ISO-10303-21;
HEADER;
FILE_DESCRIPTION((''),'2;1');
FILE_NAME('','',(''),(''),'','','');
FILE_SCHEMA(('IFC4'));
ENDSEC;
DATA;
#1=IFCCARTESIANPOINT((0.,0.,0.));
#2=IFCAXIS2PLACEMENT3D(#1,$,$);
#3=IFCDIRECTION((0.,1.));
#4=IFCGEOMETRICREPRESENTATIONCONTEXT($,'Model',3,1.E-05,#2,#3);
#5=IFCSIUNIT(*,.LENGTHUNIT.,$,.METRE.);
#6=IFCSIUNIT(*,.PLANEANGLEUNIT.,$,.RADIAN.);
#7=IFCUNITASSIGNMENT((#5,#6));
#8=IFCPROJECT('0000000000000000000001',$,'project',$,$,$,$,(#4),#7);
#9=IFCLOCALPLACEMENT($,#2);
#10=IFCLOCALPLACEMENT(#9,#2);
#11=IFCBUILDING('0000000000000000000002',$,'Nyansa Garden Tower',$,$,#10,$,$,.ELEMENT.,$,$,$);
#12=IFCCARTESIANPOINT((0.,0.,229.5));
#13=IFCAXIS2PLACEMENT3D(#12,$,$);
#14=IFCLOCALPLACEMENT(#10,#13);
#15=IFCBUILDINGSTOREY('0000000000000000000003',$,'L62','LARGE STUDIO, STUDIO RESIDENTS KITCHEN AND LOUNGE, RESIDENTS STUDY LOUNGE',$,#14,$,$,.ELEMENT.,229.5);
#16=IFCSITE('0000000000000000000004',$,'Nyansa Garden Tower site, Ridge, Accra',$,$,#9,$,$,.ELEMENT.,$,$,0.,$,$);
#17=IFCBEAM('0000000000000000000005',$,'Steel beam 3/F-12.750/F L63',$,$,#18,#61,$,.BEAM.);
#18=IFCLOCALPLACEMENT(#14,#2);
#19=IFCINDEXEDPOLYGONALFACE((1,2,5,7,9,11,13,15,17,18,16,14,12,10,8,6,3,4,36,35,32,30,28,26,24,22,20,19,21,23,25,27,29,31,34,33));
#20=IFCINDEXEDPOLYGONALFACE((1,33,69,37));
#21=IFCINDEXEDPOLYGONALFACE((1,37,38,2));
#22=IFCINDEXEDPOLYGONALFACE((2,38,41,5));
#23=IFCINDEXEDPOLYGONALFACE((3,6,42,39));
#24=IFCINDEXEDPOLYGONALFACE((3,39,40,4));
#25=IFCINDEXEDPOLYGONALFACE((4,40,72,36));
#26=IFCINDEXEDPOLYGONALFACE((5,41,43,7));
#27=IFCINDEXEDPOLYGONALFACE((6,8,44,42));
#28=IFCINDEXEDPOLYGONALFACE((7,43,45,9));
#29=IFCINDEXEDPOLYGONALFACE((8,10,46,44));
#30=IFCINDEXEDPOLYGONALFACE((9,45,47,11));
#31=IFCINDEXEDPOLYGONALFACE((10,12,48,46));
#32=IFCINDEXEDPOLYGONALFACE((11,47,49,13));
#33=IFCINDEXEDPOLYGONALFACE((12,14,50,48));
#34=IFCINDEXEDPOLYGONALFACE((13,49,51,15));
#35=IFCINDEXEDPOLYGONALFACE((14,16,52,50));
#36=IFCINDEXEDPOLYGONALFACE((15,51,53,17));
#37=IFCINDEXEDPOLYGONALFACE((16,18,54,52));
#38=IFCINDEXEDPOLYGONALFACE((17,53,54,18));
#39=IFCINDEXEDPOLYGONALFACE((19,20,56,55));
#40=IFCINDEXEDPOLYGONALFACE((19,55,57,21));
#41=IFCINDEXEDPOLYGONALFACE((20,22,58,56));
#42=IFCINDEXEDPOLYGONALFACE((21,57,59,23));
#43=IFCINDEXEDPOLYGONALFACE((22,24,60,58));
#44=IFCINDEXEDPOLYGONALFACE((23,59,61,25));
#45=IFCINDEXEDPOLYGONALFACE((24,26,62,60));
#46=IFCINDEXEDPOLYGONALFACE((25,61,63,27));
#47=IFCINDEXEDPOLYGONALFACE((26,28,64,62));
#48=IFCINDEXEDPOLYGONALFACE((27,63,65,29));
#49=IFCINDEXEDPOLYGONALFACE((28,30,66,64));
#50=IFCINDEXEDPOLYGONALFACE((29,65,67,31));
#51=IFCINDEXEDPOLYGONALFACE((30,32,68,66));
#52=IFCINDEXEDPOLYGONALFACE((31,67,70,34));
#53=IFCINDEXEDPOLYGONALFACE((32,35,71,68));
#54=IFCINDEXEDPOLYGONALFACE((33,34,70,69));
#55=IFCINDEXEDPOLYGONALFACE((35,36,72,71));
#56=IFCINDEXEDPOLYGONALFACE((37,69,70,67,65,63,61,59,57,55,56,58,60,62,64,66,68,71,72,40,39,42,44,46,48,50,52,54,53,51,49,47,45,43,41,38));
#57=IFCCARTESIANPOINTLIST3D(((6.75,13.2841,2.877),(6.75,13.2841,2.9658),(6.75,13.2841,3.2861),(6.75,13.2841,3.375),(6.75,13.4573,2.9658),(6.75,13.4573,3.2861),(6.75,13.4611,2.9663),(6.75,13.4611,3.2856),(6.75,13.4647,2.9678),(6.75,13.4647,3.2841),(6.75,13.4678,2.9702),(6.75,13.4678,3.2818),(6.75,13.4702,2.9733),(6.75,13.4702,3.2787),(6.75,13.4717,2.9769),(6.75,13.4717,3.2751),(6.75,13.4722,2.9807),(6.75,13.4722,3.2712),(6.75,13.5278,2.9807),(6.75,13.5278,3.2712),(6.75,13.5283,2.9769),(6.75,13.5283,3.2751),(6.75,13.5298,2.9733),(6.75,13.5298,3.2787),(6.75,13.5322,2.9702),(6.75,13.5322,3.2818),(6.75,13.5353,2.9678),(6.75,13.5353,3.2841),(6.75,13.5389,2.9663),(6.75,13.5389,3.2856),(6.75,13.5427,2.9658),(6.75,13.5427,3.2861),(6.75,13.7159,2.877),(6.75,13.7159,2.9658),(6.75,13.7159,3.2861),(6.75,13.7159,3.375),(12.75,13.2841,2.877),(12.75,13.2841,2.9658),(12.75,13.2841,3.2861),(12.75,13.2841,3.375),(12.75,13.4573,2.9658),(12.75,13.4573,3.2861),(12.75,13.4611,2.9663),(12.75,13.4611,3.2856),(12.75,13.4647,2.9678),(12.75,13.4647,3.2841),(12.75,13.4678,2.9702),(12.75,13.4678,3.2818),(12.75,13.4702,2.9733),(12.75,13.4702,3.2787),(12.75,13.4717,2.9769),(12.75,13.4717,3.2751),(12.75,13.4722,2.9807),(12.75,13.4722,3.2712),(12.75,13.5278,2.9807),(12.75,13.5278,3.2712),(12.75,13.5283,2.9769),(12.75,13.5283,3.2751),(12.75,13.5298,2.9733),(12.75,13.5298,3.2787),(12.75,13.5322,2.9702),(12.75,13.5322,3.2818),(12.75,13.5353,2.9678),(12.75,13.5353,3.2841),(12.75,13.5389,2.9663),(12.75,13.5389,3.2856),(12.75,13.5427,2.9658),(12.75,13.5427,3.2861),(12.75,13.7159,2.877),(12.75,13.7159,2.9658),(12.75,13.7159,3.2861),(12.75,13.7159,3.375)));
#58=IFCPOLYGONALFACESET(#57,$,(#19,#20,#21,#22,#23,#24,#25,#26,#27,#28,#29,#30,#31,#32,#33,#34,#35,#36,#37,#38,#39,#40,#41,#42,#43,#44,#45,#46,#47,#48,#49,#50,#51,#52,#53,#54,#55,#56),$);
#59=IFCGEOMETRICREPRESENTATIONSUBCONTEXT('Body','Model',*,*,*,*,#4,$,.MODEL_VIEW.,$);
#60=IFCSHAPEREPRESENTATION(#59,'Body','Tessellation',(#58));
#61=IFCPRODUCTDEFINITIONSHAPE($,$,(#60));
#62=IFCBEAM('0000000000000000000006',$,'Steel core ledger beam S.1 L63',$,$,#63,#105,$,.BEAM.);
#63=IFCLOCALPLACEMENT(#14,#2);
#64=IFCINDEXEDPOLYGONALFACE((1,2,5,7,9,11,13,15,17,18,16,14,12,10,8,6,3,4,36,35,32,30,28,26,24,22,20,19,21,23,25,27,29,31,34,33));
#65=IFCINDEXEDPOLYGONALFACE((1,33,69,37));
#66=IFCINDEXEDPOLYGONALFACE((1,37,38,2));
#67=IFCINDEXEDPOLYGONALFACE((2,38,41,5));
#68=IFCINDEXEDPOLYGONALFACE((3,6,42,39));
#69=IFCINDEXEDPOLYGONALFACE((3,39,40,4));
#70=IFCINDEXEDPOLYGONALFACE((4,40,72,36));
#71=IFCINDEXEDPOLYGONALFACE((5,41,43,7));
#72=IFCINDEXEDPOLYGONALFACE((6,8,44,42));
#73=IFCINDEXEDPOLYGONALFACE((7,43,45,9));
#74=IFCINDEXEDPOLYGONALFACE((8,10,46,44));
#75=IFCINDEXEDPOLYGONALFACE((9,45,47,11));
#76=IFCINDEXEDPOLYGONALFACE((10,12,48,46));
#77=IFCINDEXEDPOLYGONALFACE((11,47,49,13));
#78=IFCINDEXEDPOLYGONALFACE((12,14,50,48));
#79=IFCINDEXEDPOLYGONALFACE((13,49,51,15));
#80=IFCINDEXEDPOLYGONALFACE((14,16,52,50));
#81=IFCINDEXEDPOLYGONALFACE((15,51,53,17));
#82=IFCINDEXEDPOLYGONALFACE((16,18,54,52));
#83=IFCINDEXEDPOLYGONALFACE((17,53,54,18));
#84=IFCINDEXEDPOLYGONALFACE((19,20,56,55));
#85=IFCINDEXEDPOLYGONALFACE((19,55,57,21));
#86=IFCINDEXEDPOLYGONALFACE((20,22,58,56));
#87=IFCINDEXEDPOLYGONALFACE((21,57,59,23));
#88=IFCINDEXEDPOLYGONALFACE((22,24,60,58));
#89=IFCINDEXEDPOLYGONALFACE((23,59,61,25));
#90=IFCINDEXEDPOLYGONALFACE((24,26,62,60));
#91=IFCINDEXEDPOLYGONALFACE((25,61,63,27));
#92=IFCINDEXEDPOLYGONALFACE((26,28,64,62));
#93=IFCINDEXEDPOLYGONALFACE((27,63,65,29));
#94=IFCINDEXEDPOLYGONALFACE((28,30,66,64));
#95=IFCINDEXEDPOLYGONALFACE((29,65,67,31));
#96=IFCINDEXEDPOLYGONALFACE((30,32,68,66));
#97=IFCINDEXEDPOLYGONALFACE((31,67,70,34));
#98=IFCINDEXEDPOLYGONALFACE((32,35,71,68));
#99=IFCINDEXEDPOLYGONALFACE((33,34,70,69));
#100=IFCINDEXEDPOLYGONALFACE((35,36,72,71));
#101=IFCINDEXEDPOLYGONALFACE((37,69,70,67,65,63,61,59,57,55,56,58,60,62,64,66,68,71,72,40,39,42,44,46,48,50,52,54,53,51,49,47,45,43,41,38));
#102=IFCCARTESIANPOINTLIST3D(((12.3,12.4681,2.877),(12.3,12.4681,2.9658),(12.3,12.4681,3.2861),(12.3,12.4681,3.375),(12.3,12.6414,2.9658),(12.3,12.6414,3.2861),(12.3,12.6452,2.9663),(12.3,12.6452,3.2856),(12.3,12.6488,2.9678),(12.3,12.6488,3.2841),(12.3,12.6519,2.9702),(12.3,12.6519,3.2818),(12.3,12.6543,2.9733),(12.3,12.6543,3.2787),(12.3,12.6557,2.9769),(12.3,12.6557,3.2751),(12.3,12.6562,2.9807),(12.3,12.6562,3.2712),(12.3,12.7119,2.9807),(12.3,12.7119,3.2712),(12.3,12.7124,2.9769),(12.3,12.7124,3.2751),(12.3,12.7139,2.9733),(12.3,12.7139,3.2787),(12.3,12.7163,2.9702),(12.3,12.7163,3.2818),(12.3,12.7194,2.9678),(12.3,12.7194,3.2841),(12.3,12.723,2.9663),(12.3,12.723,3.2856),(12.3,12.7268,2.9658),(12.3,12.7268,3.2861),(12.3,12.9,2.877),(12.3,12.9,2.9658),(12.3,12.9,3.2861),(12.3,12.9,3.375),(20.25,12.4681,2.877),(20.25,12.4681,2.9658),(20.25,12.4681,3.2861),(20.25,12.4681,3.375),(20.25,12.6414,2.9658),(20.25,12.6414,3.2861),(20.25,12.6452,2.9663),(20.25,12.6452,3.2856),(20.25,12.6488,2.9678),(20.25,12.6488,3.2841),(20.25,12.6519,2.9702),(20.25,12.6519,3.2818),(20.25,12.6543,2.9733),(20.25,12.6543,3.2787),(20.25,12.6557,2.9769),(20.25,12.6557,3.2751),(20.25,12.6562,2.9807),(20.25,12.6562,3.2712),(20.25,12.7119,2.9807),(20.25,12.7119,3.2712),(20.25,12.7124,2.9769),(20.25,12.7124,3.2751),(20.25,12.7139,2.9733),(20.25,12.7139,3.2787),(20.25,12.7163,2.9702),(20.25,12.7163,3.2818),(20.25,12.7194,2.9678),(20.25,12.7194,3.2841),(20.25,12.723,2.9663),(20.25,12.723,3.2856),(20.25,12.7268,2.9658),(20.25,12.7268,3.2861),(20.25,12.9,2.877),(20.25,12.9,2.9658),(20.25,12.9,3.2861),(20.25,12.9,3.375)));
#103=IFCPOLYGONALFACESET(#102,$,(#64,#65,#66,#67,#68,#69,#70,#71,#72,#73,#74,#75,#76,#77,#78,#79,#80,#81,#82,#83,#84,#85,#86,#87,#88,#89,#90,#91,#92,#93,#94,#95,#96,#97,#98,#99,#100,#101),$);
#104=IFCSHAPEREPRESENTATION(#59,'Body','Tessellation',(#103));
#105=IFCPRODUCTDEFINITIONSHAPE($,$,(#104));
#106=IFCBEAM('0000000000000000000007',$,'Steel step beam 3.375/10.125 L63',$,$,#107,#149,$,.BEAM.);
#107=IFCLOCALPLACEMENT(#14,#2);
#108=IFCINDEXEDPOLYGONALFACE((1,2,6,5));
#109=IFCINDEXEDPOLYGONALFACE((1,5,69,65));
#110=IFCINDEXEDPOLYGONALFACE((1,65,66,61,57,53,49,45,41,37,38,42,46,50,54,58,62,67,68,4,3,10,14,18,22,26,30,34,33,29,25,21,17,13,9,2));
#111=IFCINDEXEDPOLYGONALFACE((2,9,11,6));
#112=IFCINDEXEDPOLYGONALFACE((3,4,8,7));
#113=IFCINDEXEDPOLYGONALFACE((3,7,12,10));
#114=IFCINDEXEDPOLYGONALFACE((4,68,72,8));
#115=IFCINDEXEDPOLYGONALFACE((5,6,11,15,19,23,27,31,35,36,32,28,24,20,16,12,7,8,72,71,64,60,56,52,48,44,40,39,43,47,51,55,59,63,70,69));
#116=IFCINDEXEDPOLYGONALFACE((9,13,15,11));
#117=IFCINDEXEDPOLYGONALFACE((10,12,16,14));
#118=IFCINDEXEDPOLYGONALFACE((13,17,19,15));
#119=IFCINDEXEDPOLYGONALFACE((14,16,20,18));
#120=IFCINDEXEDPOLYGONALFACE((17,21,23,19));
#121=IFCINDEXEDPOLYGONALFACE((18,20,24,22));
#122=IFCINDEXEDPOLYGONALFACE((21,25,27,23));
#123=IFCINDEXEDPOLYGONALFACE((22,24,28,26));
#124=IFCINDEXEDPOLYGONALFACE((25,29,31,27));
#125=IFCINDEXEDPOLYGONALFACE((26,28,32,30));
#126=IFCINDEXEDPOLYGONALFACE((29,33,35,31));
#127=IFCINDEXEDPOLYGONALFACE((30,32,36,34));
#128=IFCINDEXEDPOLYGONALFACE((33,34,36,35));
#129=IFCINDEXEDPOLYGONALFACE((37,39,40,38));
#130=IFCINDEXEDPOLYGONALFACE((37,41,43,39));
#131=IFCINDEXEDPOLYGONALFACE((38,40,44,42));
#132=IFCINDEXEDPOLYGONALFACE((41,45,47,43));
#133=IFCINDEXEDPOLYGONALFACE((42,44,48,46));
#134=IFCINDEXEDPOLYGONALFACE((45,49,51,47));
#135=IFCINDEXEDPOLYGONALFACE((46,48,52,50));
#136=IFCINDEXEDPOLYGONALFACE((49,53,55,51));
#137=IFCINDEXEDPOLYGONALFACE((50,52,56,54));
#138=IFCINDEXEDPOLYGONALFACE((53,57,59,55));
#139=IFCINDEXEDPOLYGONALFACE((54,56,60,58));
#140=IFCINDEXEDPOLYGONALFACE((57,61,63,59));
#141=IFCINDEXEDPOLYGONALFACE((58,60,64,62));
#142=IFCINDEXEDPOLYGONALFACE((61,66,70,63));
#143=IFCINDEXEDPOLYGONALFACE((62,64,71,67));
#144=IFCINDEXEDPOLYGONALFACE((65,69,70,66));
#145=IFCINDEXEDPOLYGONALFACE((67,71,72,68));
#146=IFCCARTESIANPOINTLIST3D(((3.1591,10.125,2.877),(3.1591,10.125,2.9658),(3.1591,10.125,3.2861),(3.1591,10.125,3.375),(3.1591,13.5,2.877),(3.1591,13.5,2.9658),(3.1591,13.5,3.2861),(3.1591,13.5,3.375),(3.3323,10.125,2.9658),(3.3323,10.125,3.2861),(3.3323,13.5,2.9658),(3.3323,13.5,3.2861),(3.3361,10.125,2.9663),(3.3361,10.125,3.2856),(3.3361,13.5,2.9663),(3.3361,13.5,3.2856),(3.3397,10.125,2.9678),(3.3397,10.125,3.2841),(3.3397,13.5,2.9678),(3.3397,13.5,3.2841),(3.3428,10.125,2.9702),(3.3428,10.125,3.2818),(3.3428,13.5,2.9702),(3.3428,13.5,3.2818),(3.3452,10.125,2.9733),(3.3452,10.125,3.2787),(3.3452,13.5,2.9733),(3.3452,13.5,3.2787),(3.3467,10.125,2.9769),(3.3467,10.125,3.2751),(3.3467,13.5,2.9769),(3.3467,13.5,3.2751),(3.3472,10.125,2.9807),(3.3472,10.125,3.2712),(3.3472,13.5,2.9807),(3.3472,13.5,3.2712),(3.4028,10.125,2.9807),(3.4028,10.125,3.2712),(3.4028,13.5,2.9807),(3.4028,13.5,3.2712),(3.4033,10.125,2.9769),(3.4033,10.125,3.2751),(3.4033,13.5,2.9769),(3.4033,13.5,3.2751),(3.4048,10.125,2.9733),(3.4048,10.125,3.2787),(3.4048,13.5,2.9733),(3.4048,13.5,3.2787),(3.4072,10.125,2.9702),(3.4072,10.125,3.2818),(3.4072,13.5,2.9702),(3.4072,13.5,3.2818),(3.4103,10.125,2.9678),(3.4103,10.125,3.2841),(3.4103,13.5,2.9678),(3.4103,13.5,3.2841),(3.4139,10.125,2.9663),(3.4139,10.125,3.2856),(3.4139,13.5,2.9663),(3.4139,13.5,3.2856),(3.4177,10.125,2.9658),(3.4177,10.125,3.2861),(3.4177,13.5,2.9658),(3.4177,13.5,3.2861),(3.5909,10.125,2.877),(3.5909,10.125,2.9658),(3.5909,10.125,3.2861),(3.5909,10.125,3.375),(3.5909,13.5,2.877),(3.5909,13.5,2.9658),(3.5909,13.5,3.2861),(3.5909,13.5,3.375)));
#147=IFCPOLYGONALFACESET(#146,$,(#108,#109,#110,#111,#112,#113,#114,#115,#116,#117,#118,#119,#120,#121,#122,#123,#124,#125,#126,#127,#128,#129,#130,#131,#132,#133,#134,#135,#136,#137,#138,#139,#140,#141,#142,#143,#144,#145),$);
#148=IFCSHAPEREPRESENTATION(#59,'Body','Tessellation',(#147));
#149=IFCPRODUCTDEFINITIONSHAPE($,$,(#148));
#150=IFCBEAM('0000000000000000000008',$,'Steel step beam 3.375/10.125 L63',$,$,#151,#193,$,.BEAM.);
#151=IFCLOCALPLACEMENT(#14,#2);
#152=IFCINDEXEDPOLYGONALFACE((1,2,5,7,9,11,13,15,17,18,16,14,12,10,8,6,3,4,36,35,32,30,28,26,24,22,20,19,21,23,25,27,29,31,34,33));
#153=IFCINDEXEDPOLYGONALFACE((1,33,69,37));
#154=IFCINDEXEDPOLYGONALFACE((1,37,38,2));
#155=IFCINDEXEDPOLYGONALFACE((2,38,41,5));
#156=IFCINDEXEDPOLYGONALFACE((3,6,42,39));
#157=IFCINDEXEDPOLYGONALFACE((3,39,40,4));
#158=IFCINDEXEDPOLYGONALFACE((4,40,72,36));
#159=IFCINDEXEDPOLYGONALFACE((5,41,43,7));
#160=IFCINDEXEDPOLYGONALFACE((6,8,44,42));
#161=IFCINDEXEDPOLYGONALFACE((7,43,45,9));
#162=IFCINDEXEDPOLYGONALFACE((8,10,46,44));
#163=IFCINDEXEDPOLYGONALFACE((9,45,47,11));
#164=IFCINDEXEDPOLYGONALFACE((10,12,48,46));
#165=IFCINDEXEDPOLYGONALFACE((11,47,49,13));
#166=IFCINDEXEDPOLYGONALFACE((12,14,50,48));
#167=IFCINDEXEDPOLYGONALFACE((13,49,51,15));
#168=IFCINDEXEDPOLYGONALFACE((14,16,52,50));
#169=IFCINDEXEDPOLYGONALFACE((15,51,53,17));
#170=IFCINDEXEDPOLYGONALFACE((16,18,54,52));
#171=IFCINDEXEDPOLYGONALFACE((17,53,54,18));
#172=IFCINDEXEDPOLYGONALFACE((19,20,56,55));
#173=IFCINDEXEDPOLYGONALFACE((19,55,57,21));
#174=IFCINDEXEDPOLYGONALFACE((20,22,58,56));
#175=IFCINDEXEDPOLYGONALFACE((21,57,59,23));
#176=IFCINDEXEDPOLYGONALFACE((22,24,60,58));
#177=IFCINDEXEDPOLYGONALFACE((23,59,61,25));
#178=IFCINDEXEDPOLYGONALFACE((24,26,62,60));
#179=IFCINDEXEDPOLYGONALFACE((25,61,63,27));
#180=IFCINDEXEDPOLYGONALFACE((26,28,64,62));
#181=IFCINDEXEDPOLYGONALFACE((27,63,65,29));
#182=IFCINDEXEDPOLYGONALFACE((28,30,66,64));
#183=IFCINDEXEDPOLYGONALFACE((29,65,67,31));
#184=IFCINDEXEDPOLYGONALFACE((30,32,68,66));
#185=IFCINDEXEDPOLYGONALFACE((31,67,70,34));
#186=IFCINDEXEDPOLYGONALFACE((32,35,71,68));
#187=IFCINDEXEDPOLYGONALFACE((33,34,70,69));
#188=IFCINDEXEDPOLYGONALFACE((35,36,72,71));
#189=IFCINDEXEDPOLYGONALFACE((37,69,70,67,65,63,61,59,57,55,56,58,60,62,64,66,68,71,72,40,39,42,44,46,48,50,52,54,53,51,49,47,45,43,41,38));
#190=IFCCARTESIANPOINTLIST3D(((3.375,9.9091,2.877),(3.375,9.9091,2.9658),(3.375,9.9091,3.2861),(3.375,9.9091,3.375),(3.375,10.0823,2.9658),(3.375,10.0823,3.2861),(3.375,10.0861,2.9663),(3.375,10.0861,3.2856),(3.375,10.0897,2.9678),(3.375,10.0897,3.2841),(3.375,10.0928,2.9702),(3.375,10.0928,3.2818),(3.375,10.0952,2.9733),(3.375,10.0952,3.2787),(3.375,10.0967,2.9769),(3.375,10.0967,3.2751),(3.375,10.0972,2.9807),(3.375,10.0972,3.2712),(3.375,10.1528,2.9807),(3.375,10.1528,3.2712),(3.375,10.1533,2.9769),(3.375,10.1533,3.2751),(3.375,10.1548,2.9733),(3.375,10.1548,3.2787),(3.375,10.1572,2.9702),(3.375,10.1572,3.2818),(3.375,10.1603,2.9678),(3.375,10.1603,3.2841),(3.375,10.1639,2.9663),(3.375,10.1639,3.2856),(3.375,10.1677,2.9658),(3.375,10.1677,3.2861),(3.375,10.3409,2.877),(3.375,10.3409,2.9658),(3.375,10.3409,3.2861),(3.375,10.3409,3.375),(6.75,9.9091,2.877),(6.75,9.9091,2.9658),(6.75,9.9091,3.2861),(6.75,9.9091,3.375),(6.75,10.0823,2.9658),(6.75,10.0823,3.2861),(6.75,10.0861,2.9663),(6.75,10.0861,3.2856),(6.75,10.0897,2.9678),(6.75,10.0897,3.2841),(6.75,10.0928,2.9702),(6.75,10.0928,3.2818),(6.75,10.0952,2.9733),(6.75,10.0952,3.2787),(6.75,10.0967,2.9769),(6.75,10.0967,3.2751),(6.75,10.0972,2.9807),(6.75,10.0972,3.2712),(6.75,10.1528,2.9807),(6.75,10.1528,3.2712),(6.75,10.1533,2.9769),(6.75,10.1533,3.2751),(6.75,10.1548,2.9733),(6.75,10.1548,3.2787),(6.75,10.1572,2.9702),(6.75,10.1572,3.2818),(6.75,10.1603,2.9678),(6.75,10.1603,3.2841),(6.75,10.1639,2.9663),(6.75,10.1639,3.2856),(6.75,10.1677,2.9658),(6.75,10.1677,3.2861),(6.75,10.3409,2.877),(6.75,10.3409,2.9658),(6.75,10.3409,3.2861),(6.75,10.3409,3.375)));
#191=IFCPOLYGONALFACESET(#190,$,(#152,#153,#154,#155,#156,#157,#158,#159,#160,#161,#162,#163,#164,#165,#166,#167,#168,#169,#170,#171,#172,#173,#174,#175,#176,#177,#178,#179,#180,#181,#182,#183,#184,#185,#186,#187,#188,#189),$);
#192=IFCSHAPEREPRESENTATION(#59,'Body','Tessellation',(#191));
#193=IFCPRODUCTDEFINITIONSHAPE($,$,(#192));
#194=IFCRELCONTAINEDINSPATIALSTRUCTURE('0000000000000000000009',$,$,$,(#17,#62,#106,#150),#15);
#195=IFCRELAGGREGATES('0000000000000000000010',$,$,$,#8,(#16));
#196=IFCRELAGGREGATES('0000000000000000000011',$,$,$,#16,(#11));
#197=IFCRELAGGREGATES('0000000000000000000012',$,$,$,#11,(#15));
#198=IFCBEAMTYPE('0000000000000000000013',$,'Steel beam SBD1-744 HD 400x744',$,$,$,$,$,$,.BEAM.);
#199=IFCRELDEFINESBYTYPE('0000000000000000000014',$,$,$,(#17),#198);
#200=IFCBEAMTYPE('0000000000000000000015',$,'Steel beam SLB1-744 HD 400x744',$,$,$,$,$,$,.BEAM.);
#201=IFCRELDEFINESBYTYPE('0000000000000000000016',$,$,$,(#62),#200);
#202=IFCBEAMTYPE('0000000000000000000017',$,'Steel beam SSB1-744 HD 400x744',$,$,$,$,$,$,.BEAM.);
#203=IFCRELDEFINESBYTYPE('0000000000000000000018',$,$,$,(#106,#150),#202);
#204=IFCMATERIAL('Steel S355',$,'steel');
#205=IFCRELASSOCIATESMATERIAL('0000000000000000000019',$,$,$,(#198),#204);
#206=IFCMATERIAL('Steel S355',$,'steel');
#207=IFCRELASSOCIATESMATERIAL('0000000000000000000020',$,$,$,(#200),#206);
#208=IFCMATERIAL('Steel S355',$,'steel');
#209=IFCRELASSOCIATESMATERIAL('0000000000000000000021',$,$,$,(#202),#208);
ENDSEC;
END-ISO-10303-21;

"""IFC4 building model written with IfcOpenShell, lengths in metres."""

from ifc_helpers import new_model, si_unit, direction, frame, origin, origin_2d, place, context, subcontext, project, spatial, i_section, extrude, material, material_profile, profile_set, type_object, element, save


model = new_model("IFC4")

# Units and contexts
model_context = context("Model", 3, precision=1e-05, world=origin(), true_north=direction((0.0, 1.0)))
body_context = subcontext(model_context, "Body", "Model", "MODEL_VIEW")
ifc_project = project(units=[si_unit("LENGTHUNIT", "METRE"), si_unit("PLANEANGLEUNIT", "RADIAN")], contexts=[model_context])

# Site, building, storey
site_placement = place(None, origin())
site = spatial("IfcSite", under=ifc_project, at=site_placement, Name="Nyansa Garden Tower site, Ridge, Accra", CompositionType="ELEMENT", RefElevation=0.0)
building_placement = place(site_placement, origin())
building = spatial("IfcBuilding", under=site, at=building_placement, Name="Nyansa Garden Tower", CompositionType="ELEMENT")
storey_placement = place(building_placement, frame((0.0, 0.0, 229.5)))
storey = spatial("IfcBuildingStorey", under=building, at=storey_placement, Name="L62", Description="LARGE STUDIO, STUDIO RESIDENTS KITCHEN AND LOUNGE, RESIDENTS STUDY LOUNGE", CompositionType="ELEMENT", Elevation=229.5)

# Beams
ifc_material_1 = material(Name="Steel S355", Category="steel")
ifc_material_profile_1 = material_profile(ifc_material_1, i_section(OverallWidth=0.4319, OverallDepth=0.498, WebThickness=0.0557, FlangeThickness=0.0889, FilletRadius=0.0149, at=origin_2d()), Name="HD 400x744")
ifc_profile_set_1 = profile_set([ifc_material_profile_1], Name="Steel S355")
beam_type_1 = type_object("IfcBeamType", Name="Steel beam SBD1-744 HD 400x744", PredefinedType="BEAM", material=ifc_profile_set_1)
beam_1_placement = place(storey_placement, frame((6.75, 13.5, 3.126), z_axis=(1.0, 0.0, 0.0), x_axis=(0.0, 1.0, 0.0)))
element("IfcBeam", 1, at=beam_1_placement, inside=storey, type_object=beam_type_1, Name="Steel beam 3/F-12.750/F L63", PredefinedType="BEAM", context=body_context, shape_type="SweptSolid", body=[
    extrude(i_section(OverallWidth=0.4319, OverallDepth=0.498, WebThickness=0.0557, FlangeThickness=0.0889, FilletRadius=0.0149, at=origin_2d()), origin(), (0.0, 0.0, 1.0), 6.0),
])
ifc_material_2 = material(Name="Steel S355", Category="steel")
ifc_material_profile_2 = material_profile(ifc_material_2, i_section(OverallWidth=0.4319, OverallDepth=0.498, WebThickness=0.0557, FlangeThickness=0.0889, FilletRadius=0.0149, at=origin_2d()), Name="HD 400x744")
ifc_profile_set_2 = profile_set([ifc_material_profile_2], Name="Steel S355")
beam_type_2 = type_object("IfcBeamType", Name="Steel beam SLB1-744 HD 400x744", PredefinedType="BEAM", material=ifc_profile_set_2)
beam_2_placement = place(storey_placement, frame((12.3, 12.6841, 3.126), z_axis=(1.0, 0.0, 0.0), x_axis=(0.0, 1.0, 0.0)))
element("IfcBeam", 2, at=beam_2_placement, inside=storey, type_object=beam_type_2, Name="Steel core ledger beam S.1 L63", PredefinedType="BEAM", context=body_context, shape_type="SweptSolid", body=[
    extrude(i_section(OverallWidth=0.4319, OverallDepth=0.498, WebThickness=0.0557, FlangeThickness=0.0889, FilletRadius=0.0149, at=origin_2d()), origin(), (0.0, 0.0, 1.0), 7.95),
])
ifc_material_3 = material(Name="Steel S355", Category="steel")
ifc_material_profile_3 = material_profile(ifc_material_3, i_section(OverallWidth=0.4319, OverallDepth=0.498, WebThickness=0.0557, FlangeThickness=0.0889, FilletRadius=0.0149, at=origin_2d()), Name="HD 400x744")
ifc_profile_set_3 = profile_set([ifc_material_profile_3], Name="Steel S355")
beam_type_3 = type_object("IfcBeamType", Name="Steel beam SSB1-744 HD 400x744", PredefinedType="BEAM", material=ifc_profile_set_3)
for number, where, z_axis, x_axis, name in (
    (3, (3.375, 10.125, 3.126), (0.0, 1.0, 0.0), (-1.0, 0.0, 0.0), "Steel step beam 3.375/10.125 L63"),
    (4, (3.375, 10.125, 3.126), (1.0, 0.0, 0.0), (0.0, 1.0, 0.0), "Steel step beam 3.375/10.125 L63"),
):
    element("IfcBeam", number, at=place(storey_placement, frame(where, z_axis=z_axis, x_axis=x_axis)), inside=storey, type_object=beam_type_3, Name=name, PredefinedType="BEAM", context=body_context, shape_type="SweptSolid", body=[
        extrude(i_section(OverallWidth=0.4319, OverallDepth=0.498, WebThickness=0.0557, FlangeThickness=0.0889, FilletRadius=0.0149, at=origin_2d()), origin(), (0.0, 0.0, 1.0), 3.375),
    ])

save(model, "model.ifc")
